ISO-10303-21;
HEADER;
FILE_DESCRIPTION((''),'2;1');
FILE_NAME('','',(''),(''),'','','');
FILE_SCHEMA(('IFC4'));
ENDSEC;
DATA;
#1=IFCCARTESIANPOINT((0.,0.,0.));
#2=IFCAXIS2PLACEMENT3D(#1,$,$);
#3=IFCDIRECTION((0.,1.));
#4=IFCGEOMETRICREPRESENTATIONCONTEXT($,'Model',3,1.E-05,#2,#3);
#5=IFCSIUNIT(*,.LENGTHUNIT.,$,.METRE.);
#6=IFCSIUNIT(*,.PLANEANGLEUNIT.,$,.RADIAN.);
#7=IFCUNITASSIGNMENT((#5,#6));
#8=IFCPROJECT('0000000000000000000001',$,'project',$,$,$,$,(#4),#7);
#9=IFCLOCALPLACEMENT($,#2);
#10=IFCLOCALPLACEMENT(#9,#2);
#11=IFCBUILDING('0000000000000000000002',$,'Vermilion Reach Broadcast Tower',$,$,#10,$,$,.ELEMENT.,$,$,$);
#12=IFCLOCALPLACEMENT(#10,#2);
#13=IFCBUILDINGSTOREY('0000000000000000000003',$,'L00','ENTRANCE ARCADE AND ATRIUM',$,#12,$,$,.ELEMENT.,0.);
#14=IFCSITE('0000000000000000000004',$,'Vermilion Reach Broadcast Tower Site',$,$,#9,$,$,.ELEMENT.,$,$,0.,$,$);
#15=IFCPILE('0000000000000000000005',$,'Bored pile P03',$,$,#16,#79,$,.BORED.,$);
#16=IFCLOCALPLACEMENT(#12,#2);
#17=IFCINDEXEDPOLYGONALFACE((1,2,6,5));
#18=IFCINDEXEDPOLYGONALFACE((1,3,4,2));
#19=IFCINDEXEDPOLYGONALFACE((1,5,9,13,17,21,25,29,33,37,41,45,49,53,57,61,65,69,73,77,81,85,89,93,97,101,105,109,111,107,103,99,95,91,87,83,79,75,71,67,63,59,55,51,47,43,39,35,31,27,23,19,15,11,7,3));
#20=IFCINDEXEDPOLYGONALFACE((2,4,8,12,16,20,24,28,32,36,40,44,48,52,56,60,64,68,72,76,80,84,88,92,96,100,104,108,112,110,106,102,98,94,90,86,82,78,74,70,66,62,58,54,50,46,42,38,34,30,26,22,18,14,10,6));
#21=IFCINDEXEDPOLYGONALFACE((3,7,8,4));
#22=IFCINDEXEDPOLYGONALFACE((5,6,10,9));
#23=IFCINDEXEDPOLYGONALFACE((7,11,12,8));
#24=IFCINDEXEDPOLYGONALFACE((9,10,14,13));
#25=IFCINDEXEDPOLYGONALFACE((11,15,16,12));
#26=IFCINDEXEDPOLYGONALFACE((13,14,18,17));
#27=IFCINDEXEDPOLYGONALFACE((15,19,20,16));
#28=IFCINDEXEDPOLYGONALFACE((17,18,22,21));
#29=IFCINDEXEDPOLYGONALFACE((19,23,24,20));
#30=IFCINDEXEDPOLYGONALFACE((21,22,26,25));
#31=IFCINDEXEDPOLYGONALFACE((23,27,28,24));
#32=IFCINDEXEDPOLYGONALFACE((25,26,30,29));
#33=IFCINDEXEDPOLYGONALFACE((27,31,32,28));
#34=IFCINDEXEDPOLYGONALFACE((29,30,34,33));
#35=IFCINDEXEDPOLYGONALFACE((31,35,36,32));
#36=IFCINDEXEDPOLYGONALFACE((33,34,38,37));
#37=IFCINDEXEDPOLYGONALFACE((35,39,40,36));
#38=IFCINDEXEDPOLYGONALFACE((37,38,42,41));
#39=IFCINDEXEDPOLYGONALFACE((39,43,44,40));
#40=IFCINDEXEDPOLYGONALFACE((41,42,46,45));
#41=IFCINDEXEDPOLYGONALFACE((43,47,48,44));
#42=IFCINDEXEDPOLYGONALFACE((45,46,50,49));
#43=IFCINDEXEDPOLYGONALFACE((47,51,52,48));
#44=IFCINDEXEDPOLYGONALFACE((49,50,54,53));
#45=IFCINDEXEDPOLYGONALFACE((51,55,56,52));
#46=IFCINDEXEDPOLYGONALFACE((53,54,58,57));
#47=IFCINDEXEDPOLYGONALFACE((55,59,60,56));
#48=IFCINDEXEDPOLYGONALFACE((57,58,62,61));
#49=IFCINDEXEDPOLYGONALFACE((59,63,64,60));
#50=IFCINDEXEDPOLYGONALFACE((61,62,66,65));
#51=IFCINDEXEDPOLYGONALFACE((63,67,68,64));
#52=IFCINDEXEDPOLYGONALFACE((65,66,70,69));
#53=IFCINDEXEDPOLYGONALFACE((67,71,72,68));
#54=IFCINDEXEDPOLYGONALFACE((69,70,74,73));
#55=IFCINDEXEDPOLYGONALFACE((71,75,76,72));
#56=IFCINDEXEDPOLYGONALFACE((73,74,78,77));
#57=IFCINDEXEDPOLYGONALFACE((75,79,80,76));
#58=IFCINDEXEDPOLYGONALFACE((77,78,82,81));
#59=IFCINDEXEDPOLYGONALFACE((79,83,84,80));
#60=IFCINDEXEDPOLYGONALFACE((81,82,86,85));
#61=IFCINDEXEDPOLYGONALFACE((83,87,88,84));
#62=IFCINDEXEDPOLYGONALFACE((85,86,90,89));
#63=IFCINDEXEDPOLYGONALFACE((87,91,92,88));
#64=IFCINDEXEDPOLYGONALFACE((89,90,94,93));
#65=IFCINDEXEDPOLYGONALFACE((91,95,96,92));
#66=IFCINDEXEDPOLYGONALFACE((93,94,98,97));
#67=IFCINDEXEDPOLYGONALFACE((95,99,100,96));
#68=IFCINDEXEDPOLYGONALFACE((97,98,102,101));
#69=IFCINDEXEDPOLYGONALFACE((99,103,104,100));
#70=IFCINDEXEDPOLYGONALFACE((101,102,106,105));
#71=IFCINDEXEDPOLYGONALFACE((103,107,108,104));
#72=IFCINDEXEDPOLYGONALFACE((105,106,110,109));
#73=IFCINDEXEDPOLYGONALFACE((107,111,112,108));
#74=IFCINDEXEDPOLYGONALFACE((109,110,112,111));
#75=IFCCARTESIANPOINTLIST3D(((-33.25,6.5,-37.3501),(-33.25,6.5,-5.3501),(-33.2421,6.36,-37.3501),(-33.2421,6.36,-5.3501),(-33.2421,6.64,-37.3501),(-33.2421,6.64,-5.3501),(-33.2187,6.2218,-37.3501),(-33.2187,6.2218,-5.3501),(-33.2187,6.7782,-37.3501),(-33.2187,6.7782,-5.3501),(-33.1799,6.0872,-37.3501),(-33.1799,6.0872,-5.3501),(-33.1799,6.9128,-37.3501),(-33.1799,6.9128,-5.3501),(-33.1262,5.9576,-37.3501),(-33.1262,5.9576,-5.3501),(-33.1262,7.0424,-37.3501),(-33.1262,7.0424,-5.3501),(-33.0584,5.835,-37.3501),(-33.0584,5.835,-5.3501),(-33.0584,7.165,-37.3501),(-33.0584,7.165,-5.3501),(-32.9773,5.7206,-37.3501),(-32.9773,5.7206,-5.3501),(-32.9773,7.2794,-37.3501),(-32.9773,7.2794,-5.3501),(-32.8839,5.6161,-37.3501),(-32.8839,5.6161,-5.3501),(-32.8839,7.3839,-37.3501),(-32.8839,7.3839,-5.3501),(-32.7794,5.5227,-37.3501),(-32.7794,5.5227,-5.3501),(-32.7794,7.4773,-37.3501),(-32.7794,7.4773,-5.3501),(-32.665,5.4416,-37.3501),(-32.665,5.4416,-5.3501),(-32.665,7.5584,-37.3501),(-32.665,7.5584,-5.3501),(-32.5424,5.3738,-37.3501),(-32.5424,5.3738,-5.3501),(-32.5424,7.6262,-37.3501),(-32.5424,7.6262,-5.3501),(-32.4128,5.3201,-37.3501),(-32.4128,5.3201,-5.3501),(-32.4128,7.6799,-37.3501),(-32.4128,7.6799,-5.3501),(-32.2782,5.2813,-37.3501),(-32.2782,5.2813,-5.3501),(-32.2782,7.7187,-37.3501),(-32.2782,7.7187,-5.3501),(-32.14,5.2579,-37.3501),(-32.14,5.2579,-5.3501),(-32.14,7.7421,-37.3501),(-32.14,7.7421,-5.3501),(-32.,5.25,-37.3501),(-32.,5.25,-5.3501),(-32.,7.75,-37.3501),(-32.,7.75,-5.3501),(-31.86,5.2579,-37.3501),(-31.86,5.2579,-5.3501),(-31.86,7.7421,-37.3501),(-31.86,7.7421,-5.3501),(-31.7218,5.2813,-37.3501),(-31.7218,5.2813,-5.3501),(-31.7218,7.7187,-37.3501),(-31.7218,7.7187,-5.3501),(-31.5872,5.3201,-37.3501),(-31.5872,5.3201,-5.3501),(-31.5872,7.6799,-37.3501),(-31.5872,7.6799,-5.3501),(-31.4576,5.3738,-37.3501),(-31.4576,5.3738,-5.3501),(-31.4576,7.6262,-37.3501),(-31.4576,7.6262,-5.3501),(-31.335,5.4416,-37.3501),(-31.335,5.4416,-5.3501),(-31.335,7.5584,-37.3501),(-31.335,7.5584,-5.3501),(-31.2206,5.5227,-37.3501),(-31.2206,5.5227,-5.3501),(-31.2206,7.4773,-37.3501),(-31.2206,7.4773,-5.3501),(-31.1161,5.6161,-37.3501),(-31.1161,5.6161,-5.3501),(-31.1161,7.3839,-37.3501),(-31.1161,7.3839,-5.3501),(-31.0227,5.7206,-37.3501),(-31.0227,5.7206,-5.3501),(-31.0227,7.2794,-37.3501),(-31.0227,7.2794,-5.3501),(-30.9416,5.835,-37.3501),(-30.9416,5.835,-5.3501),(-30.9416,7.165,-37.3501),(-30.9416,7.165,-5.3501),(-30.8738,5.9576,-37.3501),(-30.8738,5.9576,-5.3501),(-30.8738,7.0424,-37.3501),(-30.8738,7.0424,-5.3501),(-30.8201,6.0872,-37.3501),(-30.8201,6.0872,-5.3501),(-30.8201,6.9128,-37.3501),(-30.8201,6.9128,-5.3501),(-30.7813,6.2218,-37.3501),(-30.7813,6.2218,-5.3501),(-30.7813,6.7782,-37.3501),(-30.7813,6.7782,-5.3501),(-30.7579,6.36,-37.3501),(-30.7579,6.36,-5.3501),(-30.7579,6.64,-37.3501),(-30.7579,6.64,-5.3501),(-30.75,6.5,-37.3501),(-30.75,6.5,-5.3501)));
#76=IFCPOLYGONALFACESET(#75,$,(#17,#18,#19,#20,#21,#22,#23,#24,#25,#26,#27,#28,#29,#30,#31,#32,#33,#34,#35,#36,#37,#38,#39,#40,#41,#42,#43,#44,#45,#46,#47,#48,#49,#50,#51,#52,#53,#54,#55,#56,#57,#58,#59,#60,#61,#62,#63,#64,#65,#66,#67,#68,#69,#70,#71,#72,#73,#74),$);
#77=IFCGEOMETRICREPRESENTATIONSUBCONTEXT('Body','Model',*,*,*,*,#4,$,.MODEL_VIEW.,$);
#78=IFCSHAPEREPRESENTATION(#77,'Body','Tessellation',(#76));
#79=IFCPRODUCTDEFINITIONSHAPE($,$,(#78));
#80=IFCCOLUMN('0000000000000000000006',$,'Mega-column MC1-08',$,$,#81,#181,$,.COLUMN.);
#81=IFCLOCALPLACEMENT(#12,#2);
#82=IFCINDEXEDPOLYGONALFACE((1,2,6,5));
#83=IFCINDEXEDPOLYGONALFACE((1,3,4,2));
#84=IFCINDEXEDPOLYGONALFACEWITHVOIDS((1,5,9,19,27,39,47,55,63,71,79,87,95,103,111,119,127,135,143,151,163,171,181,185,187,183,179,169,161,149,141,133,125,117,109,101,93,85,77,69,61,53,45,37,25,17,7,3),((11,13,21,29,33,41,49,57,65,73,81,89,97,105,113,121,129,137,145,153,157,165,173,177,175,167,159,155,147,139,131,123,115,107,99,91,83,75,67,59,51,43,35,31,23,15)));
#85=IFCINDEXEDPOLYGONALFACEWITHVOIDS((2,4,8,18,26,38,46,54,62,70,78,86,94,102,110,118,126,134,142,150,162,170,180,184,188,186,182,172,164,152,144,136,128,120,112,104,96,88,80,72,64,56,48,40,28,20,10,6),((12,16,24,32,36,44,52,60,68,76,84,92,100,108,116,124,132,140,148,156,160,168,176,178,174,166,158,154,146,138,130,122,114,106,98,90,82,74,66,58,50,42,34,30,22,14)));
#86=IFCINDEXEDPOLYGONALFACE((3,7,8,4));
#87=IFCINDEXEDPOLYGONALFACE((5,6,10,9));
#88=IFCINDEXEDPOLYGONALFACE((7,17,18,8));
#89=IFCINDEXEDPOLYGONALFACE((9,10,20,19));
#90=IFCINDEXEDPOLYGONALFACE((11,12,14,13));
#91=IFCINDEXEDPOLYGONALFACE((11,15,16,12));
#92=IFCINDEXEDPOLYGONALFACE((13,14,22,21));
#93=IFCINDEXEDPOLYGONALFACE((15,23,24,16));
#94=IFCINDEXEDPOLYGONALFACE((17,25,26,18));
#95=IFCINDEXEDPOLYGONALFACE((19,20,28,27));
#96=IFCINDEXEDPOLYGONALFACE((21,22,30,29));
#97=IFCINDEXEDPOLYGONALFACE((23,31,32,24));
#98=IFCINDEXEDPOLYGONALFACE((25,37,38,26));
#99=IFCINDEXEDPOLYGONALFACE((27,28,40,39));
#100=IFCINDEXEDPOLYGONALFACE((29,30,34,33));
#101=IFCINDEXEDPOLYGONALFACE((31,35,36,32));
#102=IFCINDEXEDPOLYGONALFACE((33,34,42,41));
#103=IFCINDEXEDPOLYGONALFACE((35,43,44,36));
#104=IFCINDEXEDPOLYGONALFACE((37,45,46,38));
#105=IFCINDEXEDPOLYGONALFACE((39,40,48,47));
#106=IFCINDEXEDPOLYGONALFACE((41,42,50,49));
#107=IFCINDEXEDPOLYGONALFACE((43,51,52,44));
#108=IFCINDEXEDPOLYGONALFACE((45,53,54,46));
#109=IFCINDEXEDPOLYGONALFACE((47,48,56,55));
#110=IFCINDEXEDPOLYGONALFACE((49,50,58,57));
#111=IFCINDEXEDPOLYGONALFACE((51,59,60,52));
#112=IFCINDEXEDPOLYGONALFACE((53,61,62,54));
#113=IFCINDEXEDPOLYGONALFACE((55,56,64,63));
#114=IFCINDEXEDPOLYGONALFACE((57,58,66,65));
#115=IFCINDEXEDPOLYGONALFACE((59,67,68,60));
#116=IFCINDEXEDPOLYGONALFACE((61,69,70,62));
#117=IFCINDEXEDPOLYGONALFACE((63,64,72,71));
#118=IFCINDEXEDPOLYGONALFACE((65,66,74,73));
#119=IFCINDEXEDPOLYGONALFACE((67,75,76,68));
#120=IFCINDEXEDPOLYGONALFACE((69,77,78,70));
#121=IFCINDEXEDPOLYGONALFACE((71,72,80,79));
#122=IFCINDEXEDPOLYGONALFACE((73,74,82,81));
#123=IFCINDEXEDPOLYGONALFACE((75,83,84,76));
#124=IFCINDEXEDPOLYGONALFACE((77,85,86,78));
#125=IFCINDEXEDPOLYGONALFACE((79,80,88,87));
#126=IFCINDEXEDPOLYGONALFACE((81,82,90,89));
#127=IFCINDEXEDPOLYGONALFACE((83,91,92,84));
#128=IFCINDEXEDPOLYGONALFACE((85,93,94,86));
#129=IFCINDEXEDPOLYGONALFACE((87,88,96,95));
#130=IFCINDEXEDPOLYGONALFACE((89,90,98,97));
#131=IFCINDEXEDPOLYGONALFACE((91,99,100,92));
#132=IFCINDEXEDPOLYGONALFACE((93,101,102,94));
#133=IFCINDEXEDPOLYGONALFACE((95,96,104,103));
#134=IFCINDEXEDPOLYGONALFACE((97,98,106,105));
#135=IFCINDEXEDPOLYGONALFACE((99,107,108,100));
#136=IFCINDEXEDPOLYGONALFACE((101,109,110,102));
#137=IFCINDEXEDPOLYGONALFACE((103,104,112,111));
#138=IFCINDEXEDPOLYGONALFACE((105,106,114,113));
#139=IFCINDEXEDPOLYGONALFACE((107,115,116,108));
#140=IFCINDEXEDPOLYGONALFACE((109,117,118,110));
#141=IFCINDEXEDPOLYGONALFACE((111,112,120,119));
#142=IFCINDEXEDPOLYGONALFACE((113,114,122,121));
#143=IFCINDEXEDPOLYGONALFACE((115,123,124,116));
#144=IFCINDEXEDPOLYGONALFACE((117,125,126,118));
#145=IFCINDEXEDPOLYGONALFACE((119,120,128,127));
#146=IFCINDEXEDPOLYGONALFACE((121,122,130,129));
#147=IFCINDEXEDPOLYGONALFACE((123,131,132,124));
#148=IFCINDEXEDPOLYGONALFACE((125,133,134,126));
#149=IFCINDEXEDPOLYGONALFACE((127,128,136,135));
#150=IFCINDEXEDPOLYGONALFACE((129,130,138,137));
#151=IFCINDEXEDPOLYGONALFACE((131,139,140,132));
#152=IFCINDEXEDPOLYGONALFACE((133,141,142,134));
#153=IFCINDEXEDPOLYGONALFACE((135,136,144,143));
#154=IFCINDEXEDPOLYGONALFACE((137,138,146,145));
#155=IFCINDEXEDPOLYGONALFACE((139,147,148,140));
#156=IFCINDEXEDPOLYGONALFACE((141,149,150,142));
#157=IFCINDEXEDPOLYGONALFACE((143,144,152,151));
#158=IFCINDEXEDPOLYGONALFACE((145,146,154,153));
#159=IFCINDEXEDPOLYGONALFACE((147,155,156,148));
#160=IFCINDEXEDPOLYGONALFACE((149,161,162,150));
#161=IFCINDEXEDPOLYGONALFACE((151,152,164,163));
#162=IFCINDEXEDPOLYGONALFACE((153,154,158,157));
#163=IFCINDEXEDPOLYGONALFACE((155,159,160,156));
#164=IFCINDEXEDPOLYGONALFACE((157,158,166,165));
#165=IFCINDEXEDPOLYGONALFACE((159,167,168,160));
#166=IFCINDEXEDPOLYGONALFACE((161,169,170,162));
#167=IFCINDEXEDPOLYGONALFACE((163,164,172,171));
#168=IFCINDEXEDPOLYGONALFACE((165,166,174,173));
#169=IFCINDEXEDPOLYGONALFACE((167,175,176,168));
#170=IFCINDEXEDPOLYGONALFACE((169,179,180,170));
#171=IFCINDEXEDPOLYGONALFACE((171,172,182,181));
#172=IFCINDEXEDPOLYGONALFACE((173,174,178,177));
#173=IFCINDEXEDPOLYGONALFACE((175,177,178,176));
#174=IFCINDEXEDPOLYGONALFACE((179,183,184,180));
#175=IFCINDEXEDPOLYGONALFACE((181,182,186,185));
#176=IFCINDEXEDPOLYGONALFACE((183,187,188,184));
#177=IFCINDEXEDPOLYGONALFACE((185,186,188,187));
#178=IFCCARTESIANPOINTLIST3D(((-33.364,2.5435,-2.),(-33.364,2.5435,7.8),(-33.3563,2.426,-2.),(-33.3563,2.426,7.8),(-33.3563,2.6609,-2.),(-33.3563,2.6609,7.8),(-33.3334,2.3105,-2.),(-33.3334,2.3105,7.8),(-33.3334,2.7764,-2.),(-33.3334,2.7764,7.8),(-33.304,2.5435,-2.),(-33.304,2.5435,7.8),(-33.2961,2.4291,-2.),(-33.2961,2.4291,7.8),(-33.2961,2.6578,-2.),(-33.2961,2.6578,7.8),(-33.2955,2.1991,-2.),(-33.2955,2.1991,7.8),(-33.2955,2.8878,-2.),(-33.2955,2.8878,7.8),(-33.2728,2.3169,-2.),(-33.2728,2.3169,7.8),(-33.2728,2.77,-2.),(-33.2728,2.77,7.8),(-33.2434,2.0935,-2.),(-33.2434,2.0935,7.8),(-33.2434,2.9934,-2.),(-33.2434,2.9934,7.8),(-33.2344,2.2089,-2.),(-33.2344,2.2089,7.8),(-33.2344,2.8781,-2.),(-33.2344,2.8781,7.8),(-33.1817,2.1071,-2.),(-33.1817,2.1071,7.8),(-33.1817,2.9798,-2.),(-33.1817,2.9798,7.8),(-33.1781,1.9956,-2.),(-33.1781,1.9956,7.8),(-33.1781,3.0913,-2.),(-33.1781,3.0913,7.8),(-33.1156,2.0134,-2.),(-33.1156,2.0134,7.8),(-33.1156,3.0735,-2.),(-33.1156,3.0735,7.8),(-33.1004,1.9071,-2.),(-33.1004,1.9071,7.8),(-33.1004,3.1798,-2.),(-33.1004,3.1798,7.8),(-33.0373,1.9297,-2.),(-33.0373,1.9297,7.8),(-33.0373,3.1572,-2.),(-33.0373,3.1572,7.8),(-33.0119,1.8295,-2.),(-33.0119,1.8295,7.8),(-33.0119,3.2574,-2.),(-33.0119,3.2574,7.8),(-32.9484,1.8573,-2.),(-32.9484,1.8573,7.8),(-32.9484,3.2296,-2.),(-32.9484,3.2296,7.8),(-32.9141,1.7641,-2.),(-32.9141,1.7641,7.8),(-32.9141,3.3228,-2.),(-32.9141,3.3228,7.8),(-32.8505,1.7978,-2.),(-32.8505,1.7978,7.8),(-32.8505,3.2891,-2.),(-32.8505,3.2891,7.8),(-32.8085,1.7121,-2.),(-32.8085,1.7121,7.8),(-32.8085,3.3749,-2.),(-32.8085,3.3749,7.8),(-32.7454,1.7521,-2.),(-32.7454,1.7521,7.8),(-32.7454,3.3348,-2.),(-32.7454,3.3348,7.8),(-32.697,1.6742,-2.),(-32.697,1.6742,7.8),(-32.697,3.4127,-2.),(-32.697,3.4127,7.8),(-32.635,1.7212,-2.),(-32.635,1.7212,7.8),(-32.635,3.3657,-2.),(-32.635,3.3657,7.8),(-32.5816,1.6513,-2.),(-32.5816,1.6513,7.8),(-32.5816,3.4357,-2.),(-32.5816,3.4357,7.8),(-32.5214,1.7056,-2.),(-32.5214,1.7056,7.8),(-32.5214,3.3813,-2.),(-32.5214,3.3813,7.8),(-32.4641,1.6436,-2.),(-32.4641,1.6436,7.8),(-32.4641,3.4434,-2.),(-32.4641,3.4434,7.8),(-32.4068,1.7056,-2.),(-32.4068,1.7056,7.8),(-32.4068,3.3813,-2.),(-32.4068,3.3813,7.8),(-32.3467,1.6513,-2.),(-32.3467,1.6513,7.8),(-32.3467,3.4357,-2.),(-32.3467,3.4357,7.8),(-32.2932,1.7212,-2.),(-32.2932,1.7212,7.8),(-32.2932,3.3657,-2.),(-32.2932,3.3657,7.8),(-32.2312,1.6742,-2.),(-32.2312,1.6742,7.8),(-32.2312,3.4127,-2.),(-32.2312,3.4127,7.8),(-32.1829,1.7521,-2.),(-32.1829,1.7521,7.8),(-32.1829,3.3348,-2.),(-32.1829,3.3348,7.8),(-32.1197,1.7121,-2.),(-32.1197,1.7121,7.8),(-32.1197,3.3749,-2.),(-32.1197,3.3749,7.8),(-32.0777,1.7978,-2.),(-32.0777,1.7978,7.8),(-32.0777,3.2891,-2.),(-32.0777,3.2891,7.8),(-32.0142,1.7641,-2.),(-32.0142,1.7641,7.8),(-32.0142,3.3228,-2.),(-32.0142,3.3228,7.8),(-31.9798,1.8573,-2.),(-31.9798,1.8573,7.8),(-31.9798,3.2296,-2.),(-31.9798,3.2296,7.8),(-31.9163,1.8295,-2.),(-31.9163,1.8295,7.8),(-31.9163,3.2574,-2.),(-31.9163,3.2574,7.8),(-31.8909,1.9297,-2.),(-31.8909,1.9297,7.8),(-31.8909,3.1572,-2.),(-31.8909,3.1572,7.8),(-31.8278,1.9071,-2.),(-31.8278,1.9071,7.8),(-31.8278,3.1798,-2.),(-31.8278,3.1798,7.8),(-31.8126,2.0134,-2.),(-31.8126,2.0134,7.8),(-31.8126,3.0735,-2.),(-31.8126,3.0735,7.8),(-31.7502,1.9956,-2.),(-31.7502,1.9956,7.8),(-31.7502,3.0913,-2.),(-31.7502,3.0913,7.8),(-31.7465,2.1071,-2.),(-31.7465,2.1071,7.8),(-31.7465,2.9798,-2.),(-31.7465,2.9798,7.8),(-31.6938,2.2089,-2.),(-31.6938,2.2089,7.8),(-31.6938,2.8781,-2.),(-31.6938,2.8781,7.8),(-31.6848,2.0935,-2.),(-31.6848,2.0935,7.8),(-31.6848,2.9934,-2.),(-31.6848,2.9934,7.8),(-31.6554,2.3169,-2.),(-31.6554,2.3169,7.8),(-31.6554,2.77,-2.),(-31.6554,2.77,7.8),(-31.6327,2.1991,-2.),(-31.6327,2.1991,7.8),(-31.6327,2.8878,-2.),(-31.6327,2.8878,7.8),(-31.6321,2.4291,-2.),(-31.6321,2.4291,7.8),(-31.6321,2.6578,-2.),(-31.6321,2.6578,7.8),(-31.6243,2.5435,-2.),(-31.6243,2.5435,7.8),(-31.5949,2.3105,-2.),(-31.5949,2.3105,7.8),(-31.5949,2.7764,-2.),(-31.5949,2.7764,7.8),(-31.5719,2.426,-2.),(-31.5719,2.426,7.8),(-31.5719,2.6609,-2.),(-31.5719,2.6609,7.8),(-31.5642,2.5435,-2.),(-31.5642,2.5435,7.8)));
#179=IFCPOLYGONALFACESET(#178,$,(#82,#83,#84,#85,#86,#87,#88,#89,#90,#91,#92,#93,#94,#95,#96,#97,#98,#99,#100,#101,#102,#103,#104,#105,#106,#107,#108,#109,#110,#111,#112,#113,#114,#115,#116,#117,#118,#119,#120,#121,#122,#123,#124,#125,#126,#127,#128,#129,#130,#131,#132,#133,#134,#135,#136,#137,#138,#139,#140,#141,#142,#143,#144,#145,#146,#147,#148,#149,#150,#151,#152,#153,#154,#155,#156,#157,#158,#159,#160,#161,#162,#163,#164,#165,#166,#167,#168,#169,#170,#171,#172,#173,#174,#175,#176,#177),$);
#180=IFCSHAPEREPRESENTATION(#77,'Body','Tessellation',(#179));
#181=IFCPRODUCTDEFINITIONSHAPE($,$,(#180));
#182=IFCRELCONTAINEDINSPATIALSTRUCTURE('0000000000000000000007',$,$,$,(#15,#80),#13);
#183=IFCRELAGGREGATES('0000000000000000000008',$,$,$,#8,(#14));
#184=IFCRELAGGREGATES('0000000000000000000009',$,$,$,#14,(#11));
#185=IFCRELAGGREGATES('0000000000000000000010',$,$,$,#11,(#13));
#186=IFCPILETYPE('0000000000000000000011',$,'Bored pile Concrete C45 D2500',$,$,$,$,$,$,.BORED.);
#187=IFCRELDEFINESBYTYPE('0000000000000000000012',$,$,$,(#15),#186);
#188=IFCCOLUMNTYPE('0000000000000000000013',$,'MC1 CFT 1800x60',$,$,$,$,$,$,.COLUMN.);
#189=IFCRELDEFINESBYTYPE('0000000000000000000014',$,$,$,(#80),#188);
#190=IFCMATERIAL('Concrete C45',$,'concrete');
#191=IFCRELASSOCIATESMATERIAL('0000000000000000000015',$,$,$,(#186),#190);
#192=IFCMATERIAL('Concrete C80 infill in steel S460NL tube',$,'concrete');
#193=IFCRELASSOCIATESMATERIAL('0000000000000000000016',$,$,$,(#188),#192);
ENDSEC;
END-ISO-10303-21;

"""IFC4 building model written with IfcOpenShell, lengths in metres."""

from ifc_helpers import new_model, si_unit, direction, frame, origin, origin_2d, place, context, subcontext, project, spatial, circle, hollow_circle, extrude, material, material_profile, profile_set, type_object, element, save


model = new_model("IFC4")

# Units and contexts
model_context = context("Model", 3, precision=1e-05, world=origin(), true_north=direction((0.0, 1.0)))
body_context = subcontext(model_context, "Body", "Model", "MODEL_VIEW")
ifc_project = project(units=[si_unit("LENGTHUNIT", "METRE"), si_unit("PLANEANGLEUNIT", "RADIAN")], contexts=[model_context])

# Site, building, storey
site_placement = place(None, origin())
site = spatial("IfcSite", under=ifc_project, at=site_placement, Name="Vermilion Reach Broadcast Tower Site", CompositionType="ELEMENT", RefElevation=0.0)
building_placement = place(site_placement, origin())
building = spatial("IfcBuilding", under=site, at=building_placement, Name="Vermilion Reach Broadcast Tower", CompositionType="ELEMENT")
storey_placement = place(building_placement, origin())
storey = spatial("IfcBuildingStorey", under=building, at=storey_placement, Name="L00", Description="ENTRANCE ARCADE AND ATRIUM", CompositionType="ELEMENT", Elevation=0.0)

# Pile
ifc_material_1 = material(Name="Concrete C45", Category="concrete")
ifc_material_profile_1 = material_profile(ifc_material_1, circle(Radius=1.25, at=origin_2d()), Name="Concrete C45 D2500")
ifc_profile_set_1 = profile_set([ifc_material_profile_1], Name="Concrete C45")
pile_type = type_object("IfcPileType", Name="Bored pile Concrete C45 D2500", PredefinedType="BORED", material=ifc_profile_set_1)
pile_placement = place(storey_placement, frame((-32.0, 6.5, -5.3501), z_axis=(0.0, 0.0, -1.0), x_axis=(1.0, 0.0, 0.0)))
element("IfcPile", 1, at=pile_placement, inside=storey, type_object=pile_type, Name="Bored pile P03", PredefinedType="BORED", context=body_context, shape_type="SweptSolid", body=[
    extrude(circle(Radius=1.25, at=origin_2d()), origin(), (0.0, 0.0, 1.0), 32.0),
])

# Column
ifc_material_2 = material(Name="Concrete C80 infill in steel S460NL tube", Category="concrete")
ifc_material_profile_2 = material_profile(ifc_material_2, hollow_circle(Radius=0.8999, WallThickness=0.0601, at=origin_2d()), Name="Concrete C80 infill in steel S460NL tube CFT 1800x60")
ifc_profile_set_2 = profile_set([ifc_material_profile_2], Name="Concrete C80 infill in steel S460NL tube")
column_type = type_object("IfcColumnType", Name="MC1 CFT 1800x60", PredefinedType="COLUMN", material=ifc_profile_set_2)
column_placement = place(storey_placement, frame((-32.4641, 2.5435, -2.0), z_axis=(0.0, 0.0, 1.0), x_axis=(1.0, 0.0, 0.0)))
element("IfcColumn", 2, at=column_placement, inside=storey, type_object=column_type, Name="Mega-column MC1-08", PredefinedType="COLUMN", context=body_context, shape_type="SweptSolid", body=[
    extrude(hollow_circle(Radius=0.8999, WallThickness=0.0601, at=origin_2d()), origin(), (0.0, 0.0, 1.0), 9.8),
])

save(model, "model.ifc")
